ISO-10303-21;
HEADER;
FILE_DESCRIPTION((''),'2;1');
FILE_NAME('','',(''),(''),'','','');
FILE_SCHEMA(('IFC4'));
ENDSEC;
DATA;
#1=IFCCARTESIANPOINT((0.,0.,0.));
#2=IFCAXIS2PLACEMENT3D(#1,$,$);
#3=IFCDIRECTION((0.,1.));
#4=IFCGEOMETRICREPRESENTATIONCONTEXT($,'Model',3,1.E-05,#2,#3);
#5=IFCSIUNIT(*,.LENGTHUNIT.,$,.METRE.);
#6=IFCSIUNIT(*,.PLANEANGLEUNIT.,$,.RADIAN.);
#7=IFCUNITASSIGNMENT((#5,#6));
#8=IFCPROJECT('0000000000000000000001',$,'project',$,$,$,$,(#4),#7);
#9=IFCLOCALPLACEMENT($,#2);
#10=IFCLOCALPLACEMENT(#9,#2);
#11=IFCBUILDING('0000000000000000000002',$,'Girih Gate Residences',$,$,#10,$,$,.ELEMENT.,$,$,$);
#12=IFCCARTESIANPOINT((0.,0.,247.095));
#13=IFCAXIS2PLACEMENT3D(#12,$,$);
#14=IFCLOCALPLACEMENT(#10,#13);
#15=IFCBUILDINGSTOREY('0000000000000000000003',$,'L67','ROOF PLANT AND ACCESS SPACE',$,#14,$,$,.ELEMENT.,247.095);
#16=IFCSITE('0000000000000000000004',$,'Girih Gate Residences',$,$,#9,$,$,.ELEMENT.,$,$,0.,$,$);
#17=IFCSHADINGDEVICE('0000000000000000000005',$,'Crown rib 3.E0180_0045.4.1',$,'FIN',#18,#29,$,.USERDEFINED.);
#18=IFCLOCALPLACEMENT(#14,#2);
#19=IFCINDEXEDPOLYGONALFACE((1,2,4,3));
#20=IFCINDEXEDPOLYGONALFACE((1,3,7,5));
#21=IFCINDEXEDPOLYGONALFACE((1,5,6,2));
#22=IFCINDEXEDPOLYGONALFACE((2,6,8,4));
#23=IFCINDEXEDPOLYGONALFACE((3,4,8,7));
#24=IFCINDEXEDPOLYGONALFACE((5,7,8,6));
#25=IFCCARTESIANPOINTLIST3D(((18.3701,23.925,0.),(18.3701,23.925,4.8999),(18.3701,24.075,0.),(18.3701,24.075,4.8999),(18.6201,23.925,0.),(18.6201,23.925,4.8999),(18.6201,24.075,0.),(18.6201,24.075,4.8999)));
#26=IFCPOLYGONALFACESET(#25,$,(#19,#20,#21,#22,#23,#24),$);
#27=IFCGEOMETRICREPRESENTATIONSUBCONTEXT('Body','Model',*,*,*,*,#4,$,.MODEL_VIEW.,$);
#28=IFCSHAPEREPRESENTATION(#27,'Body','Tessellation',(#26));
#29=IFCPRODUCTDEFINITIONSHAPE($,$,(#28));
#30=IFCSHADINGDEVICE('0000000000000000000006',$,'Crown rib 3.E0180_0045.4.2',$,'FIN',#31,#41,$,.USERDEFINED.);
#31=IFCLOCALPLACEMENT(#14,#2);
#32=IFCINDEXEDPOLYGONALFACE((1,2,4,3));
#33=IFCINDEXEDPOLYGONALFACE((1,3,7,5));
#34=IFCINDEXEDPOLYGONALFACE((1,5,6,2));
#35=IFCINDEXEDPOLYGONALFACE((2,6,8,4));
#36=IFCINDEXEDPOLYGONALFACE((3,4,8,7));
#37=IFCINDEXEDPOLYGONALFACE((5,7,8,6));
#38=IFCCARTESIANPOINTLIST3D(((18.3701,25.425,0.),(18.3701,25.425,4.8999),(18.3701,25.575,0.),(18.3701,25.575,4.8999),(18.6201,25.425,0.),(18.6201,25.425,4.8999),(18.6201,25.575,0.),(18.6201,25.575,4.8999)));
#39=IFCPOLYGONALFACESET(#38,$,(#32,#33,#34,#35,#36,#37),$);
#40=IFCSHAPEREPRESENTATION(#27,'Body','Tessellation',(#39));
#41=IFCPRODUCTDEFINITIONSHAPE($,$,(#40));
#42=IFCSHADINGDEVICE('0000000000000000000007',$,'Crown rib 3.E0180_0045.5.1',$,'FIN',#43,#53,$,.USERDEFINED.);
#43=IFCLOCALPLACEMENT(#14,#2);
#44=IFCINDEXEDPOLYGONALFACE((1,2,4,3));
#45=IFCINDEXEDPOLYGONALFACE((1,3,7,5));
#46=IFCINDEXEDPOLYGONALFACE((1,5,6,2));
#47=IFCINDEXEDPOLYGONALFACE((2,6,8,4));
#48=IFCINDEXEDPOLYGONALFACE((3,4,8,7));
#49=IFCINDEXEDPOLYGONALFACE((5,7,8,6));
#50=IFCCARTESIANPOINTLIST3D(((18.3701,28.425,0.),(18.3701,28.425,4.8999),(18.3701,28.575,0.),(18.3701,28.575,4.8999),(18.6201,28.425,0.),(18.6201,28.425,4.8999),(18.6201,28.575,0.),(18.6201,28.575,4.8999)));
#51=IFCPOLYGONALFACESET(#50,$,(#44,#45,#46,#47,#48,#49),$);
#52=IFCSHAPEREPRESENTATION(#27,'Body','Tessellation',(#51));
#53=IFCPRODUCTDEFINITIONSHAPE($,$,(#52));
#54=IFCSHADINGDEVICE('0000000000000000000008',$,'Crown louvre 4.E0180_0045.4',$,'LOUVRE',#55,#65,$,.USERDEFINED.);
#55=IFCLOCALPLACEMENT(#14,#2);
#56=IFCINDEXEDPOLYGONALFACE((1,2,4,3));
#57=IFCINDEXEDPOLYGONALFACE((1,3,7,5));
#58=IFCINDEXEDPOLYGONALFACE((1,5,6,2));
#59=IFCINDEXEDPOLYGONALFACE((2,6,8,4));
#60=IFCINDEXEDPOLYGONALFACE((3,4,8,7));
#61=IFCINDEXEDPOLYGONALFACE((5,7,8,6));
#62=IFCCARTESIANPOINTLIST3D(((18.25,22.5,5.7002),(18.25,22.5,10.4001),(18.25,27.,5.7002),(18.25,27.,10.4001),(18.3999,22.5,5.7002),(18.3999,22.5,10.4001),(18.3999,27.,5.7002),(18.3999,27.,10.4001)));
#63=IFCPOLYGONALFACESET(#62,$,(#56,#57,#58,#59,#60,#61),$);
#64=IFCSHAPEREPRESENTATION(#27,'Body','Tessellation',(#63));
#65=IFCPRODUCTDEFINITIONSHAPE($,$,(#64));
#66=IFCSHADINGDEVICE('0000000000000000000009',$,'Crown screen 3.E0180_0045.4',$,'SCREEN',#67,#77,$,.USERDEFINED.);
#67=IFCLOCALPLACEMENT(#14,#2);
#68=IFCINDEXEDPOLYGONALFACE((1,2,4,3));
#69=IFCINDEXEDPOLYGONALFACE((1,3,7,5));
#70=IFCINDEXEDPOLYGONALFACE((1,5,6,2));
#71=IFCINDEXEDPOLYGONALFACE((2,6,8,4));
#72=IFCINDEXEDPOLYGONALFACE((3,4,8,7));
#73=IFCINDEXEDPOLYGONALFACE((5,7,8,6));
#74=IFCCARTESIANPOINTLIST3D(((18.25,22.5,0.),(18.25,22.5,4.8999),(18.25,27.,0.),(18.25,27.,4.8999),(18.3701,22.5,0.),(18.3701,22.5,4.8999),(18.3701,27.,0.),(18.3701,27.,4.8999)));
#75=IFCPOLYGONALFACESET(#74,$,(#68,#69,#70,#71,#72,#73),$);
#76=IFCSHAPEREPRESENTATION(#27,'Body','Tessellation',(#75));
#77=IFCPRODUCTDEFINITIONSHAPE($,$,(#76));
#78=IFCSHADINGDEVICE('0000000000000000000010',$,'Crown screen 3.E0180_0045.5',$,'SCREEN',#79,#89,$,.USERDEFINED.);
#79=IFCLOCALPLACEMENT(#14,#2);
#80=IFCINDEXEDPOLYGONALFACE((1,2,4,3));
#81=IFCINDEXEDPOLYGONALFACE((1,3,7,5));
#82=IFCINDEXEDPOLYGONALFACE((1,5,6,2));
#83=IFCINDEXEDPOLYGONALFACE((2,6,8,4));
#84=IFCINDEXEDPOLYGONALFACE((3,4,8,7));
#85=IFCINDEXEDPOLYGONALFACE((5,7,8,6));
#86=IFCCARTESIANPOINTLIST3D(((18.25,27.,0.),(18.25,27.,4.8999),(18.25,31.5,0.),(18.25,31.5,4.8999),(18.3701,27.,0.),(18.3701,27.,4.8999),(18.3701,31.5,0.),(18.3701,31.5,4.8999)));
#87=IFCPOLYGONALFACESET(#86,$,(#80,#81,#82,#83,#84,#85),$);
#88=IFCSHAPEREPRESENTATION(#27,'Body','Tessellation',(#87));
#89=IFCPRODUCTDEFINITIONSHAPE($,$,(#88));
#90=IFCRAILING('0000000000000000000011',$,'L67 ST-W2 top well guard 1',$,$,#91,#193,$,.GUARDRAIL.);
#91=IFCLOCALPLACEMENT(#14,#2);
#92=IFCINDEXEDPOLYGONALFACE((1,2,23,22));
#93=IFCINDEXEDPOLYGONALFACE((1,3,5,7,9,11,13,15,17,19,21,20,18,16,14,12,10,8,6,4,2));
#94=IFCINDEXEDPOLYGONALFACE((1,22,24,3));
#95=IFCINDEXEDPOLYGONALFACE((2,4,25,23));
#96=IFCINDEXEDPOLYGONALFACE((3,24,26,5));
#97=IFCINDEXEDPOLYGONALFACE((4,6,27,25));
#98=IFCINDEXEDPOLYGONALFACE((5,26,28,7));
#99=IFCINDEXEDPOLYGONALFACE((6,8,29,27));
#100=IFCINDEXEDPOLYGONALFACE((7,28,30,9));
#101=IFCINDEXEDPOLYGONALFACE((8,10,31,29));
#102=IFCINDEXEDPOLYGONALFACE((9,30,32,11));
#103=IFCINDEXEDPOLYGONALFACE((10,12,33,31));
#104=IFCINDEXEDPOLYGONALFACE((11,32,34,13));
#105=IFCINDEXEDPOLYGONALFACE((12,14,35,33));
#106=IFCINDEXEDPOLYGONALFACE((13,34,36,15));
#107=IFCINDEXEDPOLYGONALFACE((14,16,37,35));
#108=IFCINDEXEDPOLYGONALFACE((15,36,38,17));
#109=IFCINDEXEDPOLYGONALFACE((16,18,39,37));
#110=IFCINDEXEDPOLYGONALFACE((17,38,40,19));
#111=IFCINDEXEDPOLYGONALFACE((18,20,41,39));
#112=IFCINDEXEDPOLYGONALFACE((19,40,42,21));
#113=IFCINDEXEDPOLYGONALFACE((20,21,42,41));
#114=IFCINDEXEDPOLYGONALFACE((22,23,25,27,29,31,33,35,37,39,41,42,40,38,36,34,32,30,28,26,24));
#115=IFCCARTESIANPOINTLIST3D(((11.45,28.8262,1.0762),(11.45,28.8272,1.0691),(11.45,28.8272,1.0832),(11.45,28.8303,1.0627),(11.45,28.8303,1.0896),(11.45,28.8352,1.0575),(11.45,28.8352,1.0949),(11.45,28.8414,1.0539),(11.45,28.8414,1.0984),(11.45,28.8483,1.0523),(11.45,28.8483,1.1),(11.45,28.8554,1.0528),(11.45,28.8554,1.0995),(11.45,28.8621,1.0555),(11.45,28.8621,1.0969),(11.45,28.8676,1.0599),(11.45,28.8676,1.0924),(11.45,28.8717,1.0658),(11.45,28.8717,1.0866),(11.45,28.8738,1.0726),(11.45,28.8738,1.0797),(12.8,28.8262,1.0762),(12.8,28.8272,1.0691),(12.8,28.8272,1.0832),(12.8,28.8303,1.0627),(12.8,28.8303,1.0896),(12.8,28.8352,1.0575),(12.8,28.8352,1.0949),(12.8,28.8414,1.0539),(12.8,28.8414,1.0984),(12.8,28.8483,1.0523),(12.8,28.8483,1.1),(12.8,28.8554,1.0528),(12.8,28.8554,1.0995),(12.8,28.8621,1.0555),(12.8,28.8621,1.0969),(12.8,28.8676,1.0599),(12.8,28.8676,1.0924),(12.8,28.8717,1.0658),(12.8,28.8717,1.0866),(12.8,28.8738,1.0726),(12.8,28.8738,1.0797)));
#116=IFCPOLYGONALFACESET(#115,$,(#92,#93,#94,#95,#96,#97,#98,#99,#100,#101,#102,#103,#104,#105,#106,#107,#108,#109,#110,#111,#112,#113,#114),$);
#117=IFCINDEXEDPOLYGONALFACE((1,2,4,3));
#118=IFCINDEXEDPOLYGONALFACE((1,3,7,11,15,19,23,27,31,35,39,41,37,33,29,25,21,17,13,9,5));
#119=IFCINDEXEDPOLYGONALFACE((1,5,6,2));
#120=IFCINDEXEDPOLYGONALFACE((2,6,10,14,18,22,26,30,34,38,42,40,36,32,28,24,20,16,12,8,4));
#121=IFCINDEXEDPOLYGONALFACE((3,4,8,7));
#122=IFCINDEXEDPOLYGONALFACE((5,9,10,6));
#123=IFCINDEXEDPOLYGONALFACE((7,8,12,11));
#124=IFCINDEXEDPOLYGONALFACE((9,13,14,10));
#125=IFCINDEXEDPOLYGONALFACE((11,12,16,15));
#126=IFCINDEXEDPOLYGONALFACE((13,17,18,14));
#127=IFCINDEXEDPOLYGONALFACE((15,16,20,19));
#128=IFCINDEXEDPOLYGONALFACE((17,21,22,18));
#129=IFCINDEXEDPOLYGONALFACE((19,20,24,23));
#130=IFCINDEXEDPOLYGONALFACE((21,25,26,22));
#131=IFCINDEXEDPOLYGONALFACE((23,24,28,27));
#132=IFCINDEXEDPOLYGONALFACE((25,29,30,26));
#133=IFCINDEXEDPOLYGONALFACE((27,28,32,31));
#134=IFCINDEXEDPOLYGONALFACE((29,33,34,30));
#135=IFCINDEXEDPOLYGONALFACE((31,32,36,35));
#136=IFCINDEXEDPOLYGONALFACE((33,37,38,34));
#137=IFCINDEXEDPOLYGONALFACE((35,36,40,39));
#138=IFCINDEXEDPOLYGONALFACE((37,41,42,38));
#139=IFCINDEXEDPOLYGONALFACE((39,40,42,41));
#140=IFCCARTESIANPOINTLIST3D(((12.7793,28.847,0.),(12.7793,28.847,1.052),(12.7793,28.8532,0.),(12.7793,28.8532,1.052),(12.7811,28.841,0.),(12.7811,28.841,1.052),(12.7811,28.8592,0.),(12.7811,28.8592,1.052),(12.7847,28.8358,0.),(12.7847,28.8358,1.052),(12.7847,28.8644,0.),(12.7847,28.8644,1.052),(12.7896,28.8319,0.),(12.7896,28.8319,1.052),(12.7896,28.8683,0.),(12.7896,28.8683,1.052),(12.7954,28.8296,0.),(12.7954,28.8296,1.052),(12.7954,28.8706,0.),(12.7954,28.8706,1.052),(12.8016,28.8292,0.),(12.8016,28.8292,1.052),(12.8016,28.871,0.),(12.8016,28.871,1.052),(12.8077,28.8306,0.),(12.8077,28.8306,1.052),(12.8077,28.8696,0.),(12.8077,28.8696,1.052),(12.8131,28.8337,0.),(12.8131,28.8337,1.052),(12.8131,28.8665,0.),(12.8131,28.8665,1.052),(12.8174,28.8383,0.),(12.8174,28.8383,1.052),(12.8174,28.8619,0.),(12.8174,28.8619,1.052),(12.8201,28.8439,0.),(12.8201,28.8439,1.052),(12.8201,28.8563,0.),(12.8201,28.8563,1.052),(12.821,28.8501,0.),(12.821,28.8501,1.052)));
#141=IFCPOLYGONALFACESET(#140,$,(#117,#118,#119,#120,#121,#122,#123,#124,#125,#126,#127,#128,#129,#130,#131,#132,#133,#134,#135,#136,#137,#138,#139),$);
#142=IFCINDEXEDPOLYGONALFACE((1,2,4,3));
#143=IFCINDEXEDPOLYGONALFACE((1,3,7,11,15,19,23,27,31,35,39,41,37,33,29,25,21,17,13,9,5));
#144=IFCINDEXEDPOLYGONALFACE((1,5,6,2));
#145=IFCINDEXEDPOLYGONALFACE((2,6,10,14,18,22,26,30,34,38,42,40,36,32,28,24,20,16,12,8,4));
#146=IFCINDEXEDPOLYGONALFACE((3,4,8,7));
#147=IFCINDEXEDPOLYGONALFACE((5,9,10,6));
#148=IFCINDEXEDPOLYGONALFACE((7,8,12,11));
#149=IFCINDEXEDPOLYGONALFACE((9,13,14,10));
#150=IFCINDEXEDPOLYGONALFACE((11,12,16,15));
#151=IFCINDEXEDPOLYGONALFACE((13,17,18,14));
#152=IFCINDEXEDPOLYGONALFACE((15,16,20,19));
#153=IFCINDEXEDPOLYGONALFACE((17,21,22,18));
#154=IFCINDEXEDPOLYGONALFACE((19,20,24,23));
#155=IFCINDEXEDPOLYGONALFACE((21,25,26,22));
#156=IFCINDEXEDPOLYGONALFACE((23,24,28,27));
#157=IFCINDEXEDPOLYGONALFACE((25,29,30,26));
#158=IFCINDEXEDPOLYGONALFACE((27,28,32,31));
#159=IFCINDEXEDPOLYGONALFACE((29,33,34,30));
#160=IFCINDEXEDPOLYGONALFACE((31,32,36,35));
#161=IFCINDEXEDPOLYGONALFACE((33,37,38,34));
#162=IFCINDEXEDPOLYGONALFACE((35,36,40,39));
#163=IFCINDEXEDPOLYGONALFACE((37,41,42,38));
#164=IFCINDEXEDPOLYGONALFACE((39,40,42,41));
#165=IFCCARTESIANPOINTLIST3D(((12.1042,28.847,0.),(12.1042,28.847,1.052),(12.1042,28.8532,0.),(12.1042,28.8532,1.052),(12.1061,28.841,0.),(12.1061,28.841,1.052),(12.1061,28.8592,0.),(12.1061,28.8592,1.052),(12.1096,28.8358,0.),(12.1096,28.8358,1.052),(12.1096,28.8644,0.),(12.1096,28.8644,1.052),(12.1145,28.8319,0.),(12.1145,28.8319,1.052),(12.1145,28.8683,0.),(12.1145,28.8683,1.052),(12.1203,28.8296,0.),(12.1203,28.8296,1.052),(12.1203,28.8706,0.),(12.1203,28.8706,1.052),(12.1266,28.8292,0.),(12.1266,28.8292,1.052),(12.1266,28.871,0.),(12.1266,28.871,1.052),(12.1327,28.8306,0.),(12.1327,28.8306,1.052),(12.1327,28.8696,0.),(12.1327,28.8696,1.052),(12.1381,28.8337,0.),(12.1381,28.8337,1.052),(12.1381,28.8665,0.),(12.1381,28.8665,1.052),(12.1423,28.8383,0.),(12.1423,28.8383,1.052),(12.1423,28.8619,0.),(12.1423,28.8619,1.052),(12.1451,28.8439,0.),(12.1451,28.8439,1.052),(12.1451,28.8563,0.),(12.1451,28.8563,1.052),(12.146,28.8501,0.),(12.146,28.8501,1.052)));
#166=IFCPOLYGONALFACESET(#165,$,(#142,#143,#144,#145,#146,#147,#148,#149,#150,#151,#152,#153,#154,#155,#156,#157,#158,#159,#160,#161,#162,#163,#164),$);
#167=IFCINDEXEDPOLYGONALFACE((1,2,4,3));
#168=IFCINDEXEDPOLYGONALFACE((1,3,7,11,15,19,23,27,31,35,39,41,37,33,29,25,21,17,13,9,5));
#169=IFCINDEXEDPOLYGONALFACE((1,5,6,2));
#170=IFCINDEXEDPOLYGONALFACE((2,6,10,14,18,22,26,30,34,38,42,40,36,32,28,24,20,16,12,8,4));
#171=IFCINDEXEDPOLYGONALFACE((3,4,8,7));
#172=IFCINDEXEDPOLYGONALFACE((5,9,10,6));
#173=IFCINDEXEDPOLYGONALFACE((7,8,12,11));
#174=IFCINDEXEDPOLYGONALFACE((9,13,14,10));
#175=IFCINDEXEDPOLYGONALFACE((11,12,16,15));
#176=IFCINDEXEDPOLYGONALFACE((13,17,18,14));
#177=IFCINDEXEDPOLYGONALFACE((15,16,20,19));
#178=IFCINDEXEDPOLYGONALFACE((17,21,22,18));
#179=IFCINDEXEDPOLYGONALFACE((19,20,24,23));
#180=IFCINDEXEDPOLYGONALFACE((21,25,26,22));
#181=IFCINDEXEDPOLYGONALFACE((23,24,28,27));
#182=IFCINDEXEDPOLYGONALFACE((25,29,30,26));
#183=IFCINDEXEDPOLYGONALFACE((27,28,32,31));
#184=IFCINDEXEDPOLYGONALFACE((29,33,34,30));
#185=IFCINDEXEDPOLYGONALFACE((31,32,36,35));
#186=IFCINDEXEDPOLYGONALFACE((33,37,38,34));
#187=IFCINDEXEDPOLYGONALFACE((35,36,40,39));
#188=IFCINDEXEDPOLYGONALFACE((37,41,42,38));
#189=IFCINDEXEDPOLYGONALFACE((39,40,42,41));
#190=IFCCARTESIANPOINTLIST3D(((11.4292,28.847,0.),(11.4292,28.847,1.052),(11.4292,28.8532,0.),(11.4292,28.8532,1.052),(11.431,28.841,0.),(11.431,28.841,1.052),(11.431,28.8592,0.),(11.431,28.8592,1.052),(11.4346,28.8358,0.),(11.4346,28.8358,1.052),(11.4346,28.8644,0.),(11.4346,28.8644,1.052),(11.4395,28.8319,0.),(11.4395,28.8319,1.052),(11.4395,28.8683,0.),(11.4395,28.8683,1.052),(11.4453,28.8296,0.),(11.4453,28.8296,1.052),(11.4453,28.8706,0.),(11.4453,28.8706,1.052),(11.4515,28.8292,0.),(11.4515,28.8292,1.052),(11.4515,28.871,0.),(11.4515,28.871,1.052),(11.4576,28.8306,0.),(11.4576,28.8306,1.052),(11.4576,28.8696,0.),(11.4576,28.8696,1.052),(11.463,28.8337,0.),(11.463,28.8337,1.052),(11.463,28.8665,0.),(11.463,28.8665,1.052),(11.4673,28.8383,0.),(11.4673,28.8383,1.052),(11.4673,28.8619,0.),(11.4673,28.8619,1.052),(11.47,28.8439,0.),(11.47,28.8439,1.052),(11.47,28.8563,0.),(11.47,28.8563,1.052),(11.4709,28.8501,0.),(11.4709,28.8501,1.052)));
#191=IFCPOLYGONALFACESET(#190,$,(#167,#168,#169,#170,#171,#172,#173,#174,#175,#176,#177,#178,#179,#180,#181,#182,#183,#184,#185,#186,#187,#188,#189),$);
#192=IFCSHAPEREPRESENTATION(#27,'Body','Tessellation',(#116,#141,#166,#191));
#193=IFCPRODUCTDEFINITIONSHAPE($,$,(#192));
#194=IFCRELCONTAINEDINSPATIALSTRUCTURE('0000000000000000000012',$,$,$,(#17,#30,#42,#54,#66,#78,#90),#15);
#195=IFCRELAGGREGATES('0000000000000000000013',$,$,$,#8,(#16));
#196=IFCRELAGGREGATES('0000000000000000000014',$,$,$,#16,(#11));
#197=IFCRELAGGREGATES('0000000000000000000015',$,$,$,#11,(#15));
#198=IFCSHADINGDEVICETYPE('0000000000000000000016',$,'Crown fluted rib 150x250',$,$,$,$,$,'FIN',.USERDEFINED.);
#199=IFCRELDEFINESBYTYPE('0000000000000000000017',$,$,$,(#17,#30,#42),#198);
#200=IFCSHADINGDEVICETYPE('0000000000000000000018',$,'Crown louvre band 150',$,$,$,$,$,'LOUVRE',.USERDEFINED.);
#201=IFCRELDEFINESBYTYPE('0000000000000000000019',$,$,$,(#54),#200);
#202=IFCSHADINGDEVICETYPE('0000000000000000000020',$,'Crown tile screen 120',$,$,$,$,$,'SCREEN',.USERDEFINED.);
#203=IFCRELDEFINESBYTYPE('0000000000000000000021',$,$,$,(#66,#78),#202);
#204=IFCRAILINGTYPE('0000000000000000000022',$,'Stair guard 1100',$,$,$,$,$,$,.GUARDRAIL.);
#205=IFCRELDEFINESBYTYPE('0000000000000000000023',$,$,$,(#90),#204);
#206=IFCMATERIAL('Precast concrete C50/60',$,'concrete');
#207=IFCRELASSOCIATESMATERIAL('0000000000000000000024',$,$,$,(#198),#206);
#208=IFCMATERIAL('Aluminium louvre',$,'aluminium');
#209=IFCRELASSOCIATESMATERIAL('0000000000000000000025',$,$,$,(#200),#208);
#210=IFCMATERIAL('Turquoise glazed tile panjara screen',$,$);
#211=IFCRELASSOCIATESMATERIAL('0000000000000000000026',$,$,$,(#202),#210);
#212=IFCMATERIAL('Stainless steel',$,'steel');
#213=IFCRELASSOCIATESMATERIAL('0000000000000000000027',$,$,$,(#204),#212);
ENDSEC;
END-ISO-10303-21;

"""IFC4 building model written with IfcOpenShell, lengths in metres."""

from ifc_helpers import new_model, si_unit, direction, frame, origin, origin_2d, place, context, subcontext, project, spatial, rectangle, circle, extrude, material, type_object, element, save


model = new_model("IFC4")

# Units and contexts
model_context = context("Model", 3, precision=1e-05, world=origin(), true_north=direction((0.0, 1.0)))
body_context = subcontext(model_context, "Body", "Model", "MODEL_VIEW")
ifc_project = project(units=[si_unit("LENGTHUNIT", "METRE"), si_unit("PLANEANGLEUNIT", "RADIAN")], contexts=[model_context])

# Site, building, storey
site_placement = place(None, origin())
site = spatial("IfcSite", under=ifc_project, at=site_placement, Name="Girih Gate Residences", CompositionType="ELEMENT", RefElevation=0.0)
building_placement = place(site_placement, origin())
building = spatial("IfcBuilding", under=site, at=building_placement, Name="Girih Gate Residences", CompositionType="ELEMENT")
storey_placement = place(building_placement, frame((0.0, 0.0, 247.095)))
storey = spatial("IfcBuildingStorey", under=building, at=storey_placement, Name="L67", Description="ROOF PLANT AND ACCESS SPACE", CompositionType="ELEMENT", Elevation=247.095)

# Shading devices
ifc_material_1 = material(Name="Precast concrete C50/60", Category="concrete")
shading_device_type_1 = type_object("IfcShadingDeviceType", Name="Crown fluted rib 150x250", ElementType="FIN", PredefinedType="USERDEFINED", material=ifc_material_1)
for number, where, z_axis, x_axis, name in (
    (1, (18.4951, 24.0, 0.0), (0.0, 0.0, 1.0), (0.0, 1.0, 0.0), "Crown rib 3.E0180_0045.4.1"),
    (2, (18.4951, 25.5, 0.0), (0.0, 0.0, 1.0), (0.0, 1.0, 0.0), "Crown rib 3.E0180_0045.4.2"),
    (3, (18.4951, 28.5, 0.0), (0.0, 0.0, 1.0), (0.0, 1.0, 0.0), "Crown rib 3.E0180_0045.5.1"),
):
    element("IfcShadingDevice", number, at=place(storey_placement, frame(where, z_axis=z_axis, x_axis=x_axis)), inside=storey, type_object=shading_device_type_1, Name=name, ObjectType="FIN", PredefinedType="USERDEFINED", context=body_context, shape_type="SweptSolid", body=[
        extrude(rectangle(XDim=0.1499, YDim=0.25, at=origin_2d()), origin(), (0.0, 0.0, 1.0), 4.8999),
    ])
ifc_material_2 = material(Name="Aluminium louvre", Category="aluminium")
shading_device_type_2 = type_object("IfcShadingDeviceType", Name="Crown louvre band 150", ElementType="LOUVRE", PredefinedType="USERDEFINED", material=ifc_material_2)
shading_device_placement = place(storey_placement, frame((18.325, 24.75, 5.7002), z_axis=(0.0, 0.0, 1.0), x_axis=(0.0, 1.0, 0.0)))
element("IfcShadingDevice", 4, at=shading_device_placement, inside=storey, type_object=shading_device_type_2, Name="Crown louvre 4.E0180_0045.4", ObjectType="LOUVRE", PredefinedType="USERDEFINED", context=body_context, shape_type="SweptSolid", body=[
    extrude(rectangle(XDim=4.5, YDim=0.1499, at=origin_2d()), origin(), (0.0, 0.0, 1.0), 4.7),
])
ifc_material_3 = material(Name="Turquoise glazed tile panjara screen")
shading_device_type_3 = type_object("IfcShadingDeviceType", Name="Crown tile screen 120", ElementType="SCREEN", PredefinedType="USERDEFINED", material=ifc_material_3)
for number, where, z_axis, x_axis, name in (
    (5, (18.3101, 24.75, 0.0), (0.0, 0.0, 1.0), (0.0, 1.0, 0.0), "Crown screen 3.E0180_0045.4"),
    (6, (18.3101, 29.25, 0.0), (0.0, 0.0, 1.0), (0.0, 1.0, 0.0), "Crown screen 3.E0180_0045.5"),
):
    element("IfcShadingDevice", number, at=place(storey_placement, frame(where, z_axis=z_axis, x_axis=x_axis)), inside=storey, type_object=shading_device_type_3, Name=name, ObjectType="SCREEN", PredefinedType="USERDEFINED", context=body_context, shape_type="SweptSolid", body=[
        extrude(rectangle(XDim=4.5, YDim=0.1201, at=origin_2d()), origin(), (0.0, 0.0, 1.0), 4.8999),
    ])

# Railing
ifc_material_4 = material(Name="Stainless steel", Category="steel")
railing_type = type_object("IfcRailingType", Name="Stair guard 1100", PredefinedType="GUARDRAIL", material=ifc_material_4)
railing_placement = place(storey_placement, frame((12.8, 28.8501, 0.0)))
element("IfcRailing", 7, at=railing_placement, inside=storey, type_object=railing_type, Name="L67 ST-W2 top well guard 1", PredefinedType="GUARDRAIL", context=body_context, shape_type="SweptSolid", body=[
    extrude(circle(Radius=0.0239, at=origin_2d()), frame((0.0, 0.0, 1.0762), z_axis=(-1.0, 0.0, 0.0), x_axis=(0.0, -1.0, 0.0)), (0.0, 0.0, 1.0), 1.3501),
    extrude(circle(Radius=0.021, at=origin_2d()), origin(), (0.0, 0.0, 1.0), 1.052),
    extrude(circle(Radius=0.021, at=origin_2d()), frame((-0.675, 0.0, 0.0)), (0.0, 0.0, 1.0), 1.052),
    extrude(circle(Radius=0.021, at=origin_2d()), frame((-1.3501, 0.0, 0.0)), (0.0, 0.0, 1.0), 1.052),
])

save(model, "model.ifc")
